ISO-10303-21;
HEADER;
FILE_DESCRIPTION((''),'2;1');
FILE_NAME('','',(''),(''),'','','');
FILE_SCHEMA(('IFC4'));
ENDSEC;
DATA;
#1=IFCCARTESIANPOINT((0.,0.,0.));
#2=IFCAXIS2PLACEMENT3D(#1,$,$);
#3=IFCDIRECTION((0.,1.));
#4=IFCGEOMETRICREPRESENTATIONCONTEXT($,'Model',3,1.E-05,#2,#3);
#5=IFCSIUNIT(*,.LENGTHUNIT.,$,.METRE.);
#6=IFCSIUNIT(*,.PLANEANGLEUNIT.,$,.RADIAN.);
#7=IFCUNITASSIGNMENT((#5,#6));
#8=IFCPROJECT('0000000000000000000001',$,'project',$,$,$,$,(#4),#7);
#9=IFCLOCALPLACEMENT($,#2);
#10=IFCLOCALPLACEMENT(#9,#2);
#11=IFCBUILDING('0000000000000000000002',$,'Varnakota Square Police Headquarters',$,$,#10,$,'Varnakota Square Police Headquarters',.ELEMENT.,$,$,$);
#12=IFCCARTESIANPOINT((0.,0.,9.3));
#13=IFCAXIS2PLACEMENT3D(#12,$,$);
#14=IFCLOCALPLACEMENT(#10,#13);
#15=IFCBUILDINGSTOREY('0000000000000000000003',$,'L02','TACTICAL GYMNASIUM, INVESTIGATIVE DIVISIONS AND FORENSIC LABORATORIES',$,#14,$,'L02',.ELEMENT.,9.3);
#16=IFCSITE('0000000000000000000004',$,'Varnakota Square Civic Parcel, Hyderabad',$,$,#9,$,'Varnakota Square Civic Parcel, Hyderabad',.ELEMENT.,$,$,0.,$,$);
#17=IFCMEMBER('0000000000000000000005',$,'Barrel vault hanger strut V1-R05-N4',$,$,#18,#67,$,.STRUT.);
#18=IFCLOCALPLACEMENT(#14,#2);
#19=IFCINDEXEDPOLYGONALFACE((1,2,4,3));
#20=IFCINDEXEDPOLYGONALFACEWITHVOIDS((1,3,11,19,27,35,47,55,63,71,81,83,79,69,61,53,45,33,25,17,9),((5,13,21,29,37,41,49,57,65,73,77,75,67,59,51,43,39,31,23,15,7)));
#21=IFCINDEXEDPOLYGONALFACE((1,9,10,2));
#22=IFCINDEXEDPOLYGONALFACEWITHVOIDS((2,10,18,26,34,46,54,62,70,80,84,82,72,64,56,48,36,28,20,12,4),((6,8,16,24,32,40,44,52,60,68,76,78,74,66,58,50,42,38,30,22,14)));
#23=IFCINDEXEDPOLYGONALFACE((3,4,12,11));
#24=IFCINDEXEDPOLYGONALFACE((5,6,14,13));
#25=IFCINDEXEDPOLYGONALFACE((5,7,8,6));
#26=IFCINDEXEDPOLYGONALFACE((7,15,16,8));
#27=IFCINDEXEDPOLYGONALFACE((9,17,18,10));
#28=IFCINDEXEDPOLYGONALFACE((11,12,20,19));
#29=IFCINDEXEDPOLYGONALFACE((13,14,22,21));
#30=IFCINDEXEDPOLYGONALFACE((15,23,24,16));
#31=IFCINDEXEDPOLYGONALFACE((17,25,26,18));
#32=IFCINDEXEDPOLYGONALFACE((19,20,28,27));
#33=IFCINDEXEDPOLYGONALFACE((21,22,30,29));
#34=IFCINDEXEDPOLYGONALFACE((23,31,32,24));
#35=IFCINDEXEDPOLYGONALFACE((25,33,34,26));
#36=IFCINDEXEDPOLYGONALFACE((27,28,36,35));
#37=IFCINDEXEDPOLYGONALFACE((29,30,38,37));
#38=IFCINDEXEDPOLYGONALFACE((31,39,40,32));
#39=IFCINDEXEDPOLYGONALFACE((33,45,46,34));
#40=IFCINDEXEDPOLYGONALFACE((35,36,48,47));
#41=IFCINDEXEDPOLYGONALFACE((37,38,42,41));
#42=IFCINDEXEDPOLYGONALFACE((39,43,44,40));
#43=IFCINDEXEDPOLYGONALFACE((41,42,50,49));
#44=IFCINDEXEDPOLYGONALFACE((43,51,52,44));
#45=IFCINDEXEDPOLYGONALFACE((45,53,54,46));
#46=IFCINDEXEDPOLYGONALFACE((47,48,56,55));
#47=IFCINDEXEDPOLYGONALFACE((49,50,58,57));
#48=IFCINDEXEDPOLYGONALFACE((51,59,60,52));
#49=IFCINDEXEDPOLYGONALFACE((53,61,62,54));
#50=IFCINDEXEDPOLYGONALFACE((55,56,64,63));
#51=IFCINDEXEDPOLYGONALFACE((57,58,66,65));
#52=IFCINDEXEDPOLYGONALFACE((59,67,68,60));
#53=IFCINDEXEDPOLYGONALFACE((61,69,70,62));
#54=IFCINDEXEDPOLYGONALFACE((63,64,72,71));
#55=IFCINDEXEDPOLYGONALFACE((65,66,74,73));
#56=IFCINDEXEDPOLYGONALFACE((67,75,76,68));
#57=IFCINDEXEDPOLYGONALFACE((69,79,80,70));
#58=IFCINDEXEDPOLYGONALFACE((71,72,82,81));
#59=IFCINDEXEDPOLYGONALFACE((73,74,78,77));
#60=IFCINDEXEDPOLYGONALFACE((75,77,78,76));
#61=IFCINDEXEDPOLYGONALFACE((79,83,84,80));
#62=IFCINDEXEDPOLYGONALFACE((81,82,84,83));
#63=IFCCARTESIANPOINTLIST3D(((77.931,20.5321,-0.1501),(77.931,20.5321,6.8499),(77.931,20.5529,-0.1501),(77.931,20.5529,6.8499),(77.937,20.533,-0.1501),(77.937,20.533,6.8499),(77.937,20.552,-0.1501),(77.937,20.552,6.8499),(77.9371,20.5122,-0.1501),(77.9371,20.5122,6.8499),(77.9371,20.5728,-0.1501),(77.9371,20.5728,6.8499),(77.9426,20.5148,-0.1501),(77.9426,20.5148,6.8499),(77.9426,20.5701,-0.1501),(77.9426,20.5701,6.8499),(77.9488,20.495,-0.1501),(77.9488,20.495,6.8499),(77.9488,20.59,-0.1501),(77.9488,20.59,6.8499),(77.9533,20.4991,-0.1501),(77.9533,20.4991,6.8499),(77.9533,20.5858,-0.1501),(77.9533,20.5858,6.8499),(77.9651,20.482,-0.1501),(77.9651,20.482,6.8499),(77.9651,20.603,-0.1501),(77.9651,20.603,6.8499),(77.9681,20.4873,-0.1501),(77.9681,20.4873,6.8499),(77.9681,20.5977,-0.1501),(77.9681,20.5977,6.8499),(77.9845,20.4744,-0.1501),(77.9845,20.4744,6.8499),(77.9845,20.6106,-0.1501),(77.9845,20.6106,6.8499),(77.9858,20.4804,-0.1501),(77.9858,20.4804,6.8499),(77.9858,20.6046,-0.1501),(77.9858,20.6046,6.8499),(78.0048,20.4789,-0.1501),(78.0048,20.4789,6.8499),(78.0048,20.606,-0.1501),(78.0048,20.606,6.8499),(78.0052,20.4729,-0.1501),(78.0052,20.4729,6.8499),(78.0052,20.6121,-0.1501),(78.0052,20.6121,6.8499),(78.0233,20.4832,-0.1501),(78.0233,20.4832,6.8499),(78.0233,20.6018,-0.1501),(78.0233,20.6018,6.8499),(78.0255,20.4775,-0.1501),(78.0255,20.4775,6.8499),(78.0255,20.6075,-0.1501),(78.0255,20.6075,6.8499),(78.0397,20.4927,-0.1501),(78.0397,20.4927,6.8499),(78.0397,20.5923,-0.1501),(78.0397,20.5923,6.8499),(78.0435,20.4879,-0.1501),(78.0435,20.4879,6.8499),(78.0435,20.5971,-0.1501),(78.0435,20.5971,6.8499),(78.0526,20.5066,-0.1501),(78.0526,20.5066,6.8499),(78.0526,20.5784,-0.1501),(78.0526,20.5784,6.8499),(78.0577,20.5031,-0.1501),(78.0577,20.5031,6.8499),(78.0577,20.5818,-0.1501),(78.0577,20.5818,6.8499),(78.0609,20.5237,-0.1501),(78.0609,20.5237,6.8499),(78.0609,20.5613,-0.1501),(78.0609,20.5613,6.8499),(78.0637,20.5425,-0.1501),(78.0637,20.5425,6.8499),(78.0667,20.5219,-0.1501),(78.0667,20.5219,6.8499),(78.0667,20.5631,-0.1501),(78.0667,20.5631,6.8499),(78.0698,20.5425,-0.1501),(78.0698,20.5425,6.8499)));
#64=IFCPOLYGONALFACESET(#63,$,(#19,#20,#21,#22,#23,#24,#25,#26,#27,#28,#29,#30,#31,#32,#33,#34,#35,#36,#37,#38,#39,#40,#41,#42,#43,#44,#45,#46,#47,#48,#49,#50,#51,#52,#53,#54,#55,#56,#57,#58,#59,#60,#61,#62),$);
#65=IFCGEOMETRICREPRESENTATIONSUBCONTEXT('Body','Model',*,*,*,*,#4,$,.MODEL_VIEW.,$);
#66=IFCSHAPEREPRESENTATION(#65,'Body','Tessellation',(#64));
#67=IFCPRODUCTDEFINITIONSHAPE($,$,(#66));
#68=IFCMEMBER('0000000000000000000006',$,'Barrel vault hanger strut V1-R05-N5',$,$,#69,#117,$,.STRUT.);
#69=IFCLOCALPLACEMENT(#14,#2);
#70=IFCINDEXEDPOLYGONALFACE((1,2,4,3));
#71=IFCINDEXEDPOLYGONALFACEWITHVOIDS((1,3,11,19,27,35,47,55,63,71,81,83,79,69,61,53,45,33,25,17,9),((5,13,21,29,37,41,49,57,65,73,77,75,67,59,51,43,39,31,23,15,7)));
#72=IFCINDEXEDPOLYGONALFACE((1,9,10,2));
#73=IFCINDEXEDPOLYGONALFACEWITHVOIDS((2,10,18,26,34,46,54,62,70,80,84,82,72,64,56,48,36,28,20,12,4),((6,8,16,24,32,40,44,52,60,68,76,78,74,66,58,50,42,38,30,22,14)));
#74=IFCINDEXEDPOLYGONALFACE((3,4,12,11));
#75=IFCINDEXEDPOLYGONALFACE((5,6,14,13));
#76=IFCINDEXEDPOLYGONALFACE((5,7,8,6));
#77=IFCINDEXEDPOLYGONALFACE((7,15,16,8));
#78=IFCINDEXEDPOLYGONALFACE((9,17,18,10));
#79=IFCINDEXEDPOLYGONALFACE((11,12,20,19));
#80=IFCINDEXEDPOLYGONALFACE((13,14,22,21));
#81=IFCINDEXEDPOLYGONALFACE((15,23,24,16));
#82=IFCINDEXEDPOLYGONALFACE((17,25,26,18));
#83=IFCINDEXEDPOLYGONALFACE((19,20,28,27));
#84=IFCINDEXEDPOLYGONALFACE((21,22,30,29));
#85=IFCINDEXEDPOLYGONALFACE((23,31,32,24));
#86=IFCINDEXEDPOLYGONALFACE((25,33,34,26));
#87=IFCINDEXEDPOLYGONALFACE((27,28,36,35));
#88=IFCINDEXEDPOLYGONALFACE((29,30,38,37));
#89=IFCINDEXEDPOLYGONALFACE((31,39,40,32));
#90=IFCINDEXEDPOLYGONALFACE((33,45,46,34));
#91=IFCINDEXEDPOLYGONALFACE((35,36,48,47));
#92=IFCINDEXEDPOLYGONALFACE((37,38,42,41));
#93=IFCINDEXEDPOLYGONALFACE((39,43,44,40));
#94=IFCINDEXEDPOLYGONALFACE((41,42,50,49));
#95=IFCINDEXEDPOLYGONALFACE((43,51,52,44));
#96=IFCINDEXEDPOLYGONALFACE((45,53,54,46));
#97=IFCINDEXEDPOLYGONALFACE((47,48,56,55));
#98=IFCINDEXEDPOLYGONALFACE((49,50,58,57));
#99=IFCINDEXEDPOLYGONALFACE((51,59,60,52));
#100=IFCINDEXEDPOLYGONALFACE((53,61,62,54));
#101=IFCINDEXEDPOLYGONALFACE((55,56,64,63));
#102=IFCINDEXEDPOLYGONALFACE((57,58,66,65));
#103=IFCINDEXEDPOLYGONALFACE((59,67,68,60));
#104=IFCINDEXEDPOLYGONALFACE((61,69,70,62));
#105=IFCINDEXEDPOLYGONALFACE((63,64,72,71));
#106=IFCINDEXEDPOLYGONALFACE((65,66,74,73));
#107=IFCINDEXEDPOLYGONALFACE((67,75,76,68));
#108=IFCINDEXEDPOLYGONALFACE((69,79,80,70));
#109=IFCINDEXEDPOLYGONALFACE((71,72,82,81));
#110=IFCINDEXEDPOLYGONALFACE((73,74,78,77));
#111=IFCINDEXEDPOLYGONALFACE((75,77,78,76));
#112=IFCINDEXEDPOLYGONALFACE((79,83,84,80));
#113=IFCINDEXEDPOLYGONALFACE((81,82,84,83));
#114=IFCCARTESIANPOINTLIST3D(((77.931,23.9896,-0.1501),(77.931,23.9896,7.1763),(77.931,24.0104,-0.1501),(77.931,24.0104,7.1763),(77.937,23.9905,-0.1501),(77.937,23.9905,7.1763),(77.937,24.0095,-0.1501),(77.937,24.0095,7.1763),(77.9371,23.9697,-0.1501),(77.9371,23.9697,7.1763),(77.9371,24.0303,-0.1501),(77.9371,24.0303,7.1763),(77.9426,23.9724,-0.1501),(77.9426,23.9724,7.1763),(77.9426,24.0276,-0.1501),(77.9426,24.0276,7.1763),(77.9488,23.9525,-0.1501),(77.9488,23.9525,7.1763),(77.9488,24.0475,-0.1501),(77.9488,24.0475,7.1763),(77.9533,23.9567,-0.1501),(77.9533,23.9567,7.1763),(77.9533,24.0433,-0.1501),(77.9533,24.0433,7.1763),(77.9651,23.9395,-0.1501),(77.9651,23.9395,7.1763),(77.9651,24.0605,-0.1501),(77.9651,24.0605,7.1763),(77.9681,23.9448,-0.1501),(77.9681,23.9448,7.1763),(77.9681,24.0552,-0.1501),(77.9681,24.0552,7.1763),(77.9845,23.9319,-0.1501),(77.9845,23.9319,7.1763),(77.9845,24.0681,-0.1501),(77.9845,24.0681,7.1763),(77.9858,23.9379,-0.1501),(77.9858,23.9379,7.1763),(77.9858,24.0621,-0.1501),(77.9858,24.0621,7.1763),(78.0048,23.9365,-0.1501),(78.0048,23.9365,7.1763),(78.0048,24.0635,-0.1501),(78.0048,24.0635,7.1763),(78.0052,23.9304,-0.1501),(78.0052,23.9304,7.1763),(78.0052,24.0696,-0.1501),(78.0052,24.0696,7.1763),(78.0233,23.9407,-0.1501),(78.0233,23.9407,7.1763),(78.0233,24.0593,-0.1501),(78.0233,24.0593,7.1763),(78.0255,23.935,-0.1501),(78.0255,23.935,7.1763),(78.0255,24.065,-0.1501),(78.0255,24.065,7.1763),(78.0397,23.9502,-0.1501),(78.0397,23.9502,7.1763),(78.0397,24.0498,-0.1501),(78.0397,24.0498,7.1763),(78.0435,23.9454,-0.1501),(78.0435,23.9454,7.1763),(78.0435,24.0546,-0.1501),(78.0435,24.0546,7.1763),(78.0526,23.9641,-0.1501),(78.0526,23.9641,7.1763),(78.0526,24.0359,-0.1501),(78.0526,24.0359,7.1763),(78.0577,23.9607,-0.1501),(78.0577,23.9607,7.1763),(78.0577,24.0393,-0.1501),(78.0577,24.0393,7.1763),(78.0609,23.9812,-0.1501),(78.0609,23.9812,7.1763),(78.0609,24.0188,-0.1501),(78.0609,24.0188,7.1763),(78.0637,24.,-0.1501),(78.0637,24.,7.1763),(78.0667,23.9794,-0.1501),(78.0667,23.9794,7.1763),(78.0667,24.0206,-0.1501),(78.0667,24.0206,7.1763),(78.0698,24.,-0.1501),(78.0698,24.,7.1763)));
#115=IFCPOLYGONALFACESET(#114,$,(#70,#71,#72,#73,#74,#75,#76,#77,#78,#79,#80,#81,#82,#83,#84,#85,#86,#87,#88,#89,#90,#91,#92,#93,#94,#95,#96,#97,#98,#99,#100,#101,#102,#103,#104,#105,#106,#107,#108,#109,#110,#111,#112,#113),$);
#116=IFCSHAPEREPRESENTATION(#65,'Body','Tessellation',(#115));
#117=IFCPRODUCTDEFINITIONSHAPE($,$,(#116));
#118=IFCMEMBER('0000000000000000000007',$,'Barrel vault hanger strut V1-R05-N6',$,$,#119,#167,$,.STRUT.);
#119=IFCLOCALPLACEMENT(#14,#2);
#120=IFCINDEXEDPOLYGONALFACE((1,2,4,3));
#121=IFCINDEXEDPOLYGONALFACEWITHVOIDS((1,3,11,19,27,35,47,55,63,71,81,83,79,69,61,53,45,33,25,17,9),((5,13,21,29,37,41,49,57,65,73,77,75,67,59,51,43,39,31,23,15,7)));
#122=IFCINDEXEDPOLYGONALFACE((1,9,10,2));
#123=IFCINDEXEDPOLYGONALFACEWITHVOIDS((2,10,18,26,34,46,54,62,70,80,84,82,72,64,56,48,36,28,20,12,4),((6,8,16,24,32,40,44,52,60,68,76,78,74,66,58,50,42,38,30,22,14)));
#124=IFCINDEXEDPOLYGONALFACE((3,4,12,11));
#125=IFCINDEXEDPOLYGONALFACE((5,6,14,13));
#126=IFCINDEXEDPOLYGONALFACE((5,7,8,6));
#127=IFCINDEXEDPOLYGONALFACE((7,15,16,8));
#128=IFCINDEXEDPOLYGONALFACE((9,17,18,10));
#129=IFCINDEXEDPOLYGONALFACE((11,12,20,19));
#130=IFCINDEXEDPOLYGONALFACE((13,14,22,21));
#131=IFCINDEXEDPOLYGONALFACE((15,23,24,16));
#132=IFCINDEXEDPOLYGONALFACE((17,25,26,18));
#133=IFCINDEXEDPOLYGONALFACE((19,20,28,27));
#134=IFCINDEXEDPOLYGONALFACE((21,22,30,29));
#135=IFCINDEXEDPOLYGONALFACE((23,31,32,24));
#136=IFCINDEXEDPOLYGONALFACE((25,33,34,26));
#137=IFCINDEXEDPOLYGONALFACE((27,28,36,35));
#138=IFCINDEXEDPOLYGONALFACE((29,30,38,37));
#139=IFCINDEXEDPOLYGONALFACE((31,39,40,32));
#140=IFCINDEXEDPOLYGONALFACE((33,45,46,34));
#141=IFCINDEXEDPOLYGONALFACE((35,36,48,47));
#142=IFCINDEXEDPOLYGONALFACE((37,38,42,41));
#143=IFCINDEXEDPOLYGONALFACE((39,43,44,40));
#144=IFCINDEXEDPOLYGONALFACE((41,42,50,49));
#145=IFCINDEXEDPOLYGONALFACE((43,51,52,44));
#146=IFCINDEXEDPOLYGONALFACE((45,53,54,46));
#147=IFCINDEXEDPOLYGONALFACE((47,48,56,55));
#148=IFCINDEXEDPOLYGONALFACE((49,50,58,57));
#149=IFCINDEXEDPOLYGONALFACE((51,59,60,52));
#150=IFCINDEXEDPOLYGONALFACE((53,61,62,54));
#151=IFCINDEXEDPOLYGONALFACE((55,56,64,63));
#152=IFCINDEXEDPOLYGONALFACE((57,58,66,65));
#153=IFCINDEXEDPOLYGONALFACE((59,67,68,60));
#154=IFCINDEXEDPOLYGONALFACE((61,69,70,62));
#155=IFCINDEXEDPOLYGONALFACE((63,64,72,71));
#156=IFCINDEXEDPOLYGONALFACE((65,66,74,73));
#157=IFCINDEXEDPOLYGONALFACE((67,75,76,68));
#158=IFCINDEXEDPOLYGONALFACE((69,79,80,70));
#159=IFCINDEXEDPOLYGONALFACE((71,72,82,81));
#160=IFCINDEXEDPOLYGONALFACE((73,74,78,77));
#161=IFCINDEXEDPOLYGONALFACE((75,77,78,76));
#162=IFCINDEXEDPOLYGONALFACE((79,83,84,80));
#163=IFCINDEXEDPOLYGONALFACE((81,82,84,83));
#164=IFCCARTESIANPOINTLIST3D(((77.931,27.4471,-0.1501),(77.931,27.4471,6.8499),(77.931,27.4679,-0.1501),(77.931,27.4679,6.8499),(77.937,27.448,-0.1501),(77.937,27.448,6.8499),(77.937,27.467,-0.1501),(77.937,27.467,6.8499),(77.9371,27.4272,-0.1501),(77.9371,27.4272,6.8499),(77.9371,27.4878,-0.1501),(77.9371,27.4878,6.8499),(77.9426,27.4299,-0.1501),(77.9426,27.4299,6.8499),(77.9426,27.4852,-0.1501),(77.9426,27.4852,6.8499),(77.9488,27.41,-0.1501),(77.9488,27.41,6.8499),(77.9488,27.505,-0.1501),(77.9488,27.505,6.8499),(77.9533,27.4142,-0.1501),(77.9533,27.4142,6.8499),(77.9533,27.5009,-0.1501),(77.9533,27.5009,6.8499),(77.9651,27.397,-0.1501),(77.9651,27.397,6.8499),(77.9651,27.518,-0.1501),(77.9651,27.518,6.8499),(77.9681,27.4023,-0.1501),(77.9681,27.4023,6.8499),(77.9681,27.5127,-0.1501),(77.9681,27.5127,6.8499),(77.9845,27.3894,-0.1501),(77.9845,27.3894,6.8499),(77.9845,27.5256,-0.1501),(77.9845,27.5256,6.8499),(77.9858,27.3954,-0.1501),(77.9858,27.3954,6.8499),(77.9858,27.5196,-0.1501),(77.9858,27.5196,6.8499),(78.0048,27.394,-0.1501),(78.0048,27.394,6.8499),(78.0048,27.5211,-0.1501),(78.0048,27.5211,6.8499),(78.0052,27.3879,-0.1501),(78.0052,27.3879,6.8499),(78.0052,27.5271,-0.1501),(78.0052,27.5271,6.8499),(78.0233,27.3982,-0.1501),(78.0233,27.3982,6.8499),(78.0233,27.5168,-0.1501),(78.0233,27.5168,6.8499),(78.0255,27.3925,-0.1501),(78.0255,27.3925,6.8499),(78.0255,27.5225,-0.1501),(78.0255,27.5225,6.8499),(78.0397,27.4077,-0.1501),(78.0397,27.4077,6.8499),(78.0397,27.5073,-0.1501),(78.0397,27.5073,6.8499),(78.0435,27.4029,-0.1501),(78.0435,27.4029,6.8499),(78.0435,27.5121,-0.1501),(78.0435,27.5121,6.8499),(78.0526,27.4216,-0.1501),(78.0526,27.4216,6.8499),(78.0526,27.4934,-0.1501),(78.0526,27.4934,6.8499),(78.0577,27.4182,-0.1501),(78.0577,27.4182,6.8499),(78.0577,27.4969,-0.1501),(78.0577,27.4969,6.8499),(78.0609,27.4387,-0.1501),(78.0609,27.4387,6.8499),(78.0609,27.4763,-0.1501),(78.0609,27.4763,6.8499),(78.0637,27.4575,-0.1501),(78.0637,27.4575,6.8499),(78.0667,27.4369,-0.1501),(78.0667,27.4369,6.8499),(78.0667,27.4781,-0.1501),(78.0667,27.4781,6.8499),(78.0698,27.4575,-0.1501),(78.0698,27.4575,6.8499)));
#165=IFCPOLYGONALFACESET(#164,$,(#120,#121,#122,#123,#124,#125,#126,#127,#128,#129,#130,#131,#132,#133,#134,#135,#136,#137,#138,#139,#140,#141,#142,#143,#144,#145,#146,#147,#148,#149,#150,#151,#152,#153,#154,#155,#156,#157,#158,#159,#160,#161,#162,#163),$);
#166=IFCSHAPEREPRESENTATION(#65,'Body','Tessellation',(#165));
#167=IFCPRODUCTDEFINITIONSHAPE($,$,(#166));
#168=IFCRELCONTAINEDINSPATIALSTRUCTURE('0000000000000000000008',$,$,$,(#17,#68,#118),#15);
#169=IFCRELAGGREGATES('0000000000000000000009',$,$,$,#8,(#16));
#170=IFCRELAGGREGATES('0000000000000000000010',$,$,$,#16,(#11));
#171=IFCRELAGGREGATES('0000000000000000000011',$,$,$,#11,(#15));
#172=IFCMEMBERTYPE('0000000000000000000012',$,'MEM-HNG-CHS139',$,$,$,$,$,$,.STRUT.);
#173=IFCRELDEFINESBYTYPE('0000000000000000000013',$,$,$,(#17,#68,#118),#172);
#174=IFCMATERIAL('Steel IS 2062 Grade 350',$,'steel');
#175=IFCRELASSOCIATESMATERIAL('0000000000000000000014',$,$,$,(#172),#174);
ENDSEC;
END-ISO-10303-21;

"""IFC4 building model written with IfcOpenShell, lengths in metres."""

from ifc_helpers import new_model, si_unit, direction, frame, origin, origin_2d, place, context, subcontext, project, spatial, hollow_circle, extrude, material, material_profile, profile_set, type_object, element, save


model = new_model("IFC4")

# Units and contexts
model_context = context("Model", 3, precision=1e-05, world=origin(), true_north=direction((0.0, 1.0)))
body_context = subcontext(model_context, "Body", "Model", "MODEL_VIEW")
ifc_project = project(units=[si_unit("LENGTHUNIT", "METRE"), si_unit("PLANEANGLEUNIT", "RADIAN")], contexts=[model_context])

# Site, building, storey
site_placement = place(None, origin())
site = spatial("IfcSite", under=ifc_project, at=site_placement, Name="Varnakota Square Civic Parcel, Hyderabad", LongName="Varnakota Square Civic Parcel, Hyderabad", CompositionType="ELEMENT", RefElevation=0.0)
building_placement = place(site_placement, origin())
building = spatial("IfcBuilding", under=site, at=building_placement, Name="Varnakota Square Police Headquarters", LongName="Varnakota Square Police Headquarters", CompositionType="ELEMENT")
storey_placement = place(building_placement, frame((0.0, 0.0, 9.3)))
storey = spatial("IfcBuildingStorey", under=building, at=storey_placement, Name="L02", Description="TACTICAL GYMNASIUM, INVESTIGATIVE DIVISIONS AND FORENSIC LABORATORIES", LongName="L02", CompositionType="ELEMENT", Elevation=9.3)

# Shared definitions
ifc_material_1 = material(Name="Steel IS 2062 Grade 350", Category="steel")

# Members
ifc_material_profile_1 = material_profile(ifc_material_1, hollow_circle(Radius=0.0698, WallThickness=0.0061, at=origin_2d()), Name="CHS 139.7x6.0")
ifc_profile_set_1 = profile_set([ifc_material_profile_1], Name="Steel IS 2062 Grade 350")
member_type_1 = type_object("IfcMemberType", Name="MEM-HNG-CHS139", PredefinedType="STRUT", material=ifc_profile_set_1)
member_1_placement = place(storey_placement, frame((78.0, 20.5425, -0.1501), z_axis=(0.0, 0.0, 1.0), x_axis=(1.0, 0.0, 0.0)))
element("IfcMember", 1, at=member_1_placement, inside=storey, type_object=member_type_1, Name="Barrel vault hanger strut V1-R05-N4", PredefinedType="STRUT", context=body_context, shape_type="SweptSolid", body=[
    extrude(hollow_circle(Radius=0.0698, WallThickness=0.0061, at=origin_2d()), origin(), (0.0, 0.0, 1.0), 7.0),
])
member_2_placement = place(storey_placement, frame((78.0, 24.0, -0.1501), z_axis=(0.0, 0.0, 1.0), x_axis=(1.0, 0.0, 0.0)))
element("IfcMember", 2, at=member_2_placement, inside=storey, type_object=member_type_1, Name="Barrel vault hanger strut V1-R05-N5", PredefinedType="STRUT", context=body_context, shape_type="SweptSolid", body=[
    extrude(hollow_circle(Radius=0.0698, WallThickness=0.0061, at=origin_2d()), origin(), (0.0, 0.0, 1.0), 7.3264),
])
member_3_placement = place(storey_placement, frame((78.0, 27.4575, -0.1501), z_axis=(0.0, 0.0, 1.0), x_axis=(1.0, 0.0, 0.0)))
element("IfcMember", 3, at=member_3_placement, inside=storey, type_object=member_type_1, Name="Barrel vault hanger strut V1-R05-N6", PredefinedType="STRUT", context=body_context, shape_type="SweptSolid", body=[
    extrude(hollow_circle(Radius=0.0698, WallThickness=0.0061, at=origin_2d()), origin(), (0.0, 0.0, 1.0), 7.0),
])

save(model, "model.ifc")
